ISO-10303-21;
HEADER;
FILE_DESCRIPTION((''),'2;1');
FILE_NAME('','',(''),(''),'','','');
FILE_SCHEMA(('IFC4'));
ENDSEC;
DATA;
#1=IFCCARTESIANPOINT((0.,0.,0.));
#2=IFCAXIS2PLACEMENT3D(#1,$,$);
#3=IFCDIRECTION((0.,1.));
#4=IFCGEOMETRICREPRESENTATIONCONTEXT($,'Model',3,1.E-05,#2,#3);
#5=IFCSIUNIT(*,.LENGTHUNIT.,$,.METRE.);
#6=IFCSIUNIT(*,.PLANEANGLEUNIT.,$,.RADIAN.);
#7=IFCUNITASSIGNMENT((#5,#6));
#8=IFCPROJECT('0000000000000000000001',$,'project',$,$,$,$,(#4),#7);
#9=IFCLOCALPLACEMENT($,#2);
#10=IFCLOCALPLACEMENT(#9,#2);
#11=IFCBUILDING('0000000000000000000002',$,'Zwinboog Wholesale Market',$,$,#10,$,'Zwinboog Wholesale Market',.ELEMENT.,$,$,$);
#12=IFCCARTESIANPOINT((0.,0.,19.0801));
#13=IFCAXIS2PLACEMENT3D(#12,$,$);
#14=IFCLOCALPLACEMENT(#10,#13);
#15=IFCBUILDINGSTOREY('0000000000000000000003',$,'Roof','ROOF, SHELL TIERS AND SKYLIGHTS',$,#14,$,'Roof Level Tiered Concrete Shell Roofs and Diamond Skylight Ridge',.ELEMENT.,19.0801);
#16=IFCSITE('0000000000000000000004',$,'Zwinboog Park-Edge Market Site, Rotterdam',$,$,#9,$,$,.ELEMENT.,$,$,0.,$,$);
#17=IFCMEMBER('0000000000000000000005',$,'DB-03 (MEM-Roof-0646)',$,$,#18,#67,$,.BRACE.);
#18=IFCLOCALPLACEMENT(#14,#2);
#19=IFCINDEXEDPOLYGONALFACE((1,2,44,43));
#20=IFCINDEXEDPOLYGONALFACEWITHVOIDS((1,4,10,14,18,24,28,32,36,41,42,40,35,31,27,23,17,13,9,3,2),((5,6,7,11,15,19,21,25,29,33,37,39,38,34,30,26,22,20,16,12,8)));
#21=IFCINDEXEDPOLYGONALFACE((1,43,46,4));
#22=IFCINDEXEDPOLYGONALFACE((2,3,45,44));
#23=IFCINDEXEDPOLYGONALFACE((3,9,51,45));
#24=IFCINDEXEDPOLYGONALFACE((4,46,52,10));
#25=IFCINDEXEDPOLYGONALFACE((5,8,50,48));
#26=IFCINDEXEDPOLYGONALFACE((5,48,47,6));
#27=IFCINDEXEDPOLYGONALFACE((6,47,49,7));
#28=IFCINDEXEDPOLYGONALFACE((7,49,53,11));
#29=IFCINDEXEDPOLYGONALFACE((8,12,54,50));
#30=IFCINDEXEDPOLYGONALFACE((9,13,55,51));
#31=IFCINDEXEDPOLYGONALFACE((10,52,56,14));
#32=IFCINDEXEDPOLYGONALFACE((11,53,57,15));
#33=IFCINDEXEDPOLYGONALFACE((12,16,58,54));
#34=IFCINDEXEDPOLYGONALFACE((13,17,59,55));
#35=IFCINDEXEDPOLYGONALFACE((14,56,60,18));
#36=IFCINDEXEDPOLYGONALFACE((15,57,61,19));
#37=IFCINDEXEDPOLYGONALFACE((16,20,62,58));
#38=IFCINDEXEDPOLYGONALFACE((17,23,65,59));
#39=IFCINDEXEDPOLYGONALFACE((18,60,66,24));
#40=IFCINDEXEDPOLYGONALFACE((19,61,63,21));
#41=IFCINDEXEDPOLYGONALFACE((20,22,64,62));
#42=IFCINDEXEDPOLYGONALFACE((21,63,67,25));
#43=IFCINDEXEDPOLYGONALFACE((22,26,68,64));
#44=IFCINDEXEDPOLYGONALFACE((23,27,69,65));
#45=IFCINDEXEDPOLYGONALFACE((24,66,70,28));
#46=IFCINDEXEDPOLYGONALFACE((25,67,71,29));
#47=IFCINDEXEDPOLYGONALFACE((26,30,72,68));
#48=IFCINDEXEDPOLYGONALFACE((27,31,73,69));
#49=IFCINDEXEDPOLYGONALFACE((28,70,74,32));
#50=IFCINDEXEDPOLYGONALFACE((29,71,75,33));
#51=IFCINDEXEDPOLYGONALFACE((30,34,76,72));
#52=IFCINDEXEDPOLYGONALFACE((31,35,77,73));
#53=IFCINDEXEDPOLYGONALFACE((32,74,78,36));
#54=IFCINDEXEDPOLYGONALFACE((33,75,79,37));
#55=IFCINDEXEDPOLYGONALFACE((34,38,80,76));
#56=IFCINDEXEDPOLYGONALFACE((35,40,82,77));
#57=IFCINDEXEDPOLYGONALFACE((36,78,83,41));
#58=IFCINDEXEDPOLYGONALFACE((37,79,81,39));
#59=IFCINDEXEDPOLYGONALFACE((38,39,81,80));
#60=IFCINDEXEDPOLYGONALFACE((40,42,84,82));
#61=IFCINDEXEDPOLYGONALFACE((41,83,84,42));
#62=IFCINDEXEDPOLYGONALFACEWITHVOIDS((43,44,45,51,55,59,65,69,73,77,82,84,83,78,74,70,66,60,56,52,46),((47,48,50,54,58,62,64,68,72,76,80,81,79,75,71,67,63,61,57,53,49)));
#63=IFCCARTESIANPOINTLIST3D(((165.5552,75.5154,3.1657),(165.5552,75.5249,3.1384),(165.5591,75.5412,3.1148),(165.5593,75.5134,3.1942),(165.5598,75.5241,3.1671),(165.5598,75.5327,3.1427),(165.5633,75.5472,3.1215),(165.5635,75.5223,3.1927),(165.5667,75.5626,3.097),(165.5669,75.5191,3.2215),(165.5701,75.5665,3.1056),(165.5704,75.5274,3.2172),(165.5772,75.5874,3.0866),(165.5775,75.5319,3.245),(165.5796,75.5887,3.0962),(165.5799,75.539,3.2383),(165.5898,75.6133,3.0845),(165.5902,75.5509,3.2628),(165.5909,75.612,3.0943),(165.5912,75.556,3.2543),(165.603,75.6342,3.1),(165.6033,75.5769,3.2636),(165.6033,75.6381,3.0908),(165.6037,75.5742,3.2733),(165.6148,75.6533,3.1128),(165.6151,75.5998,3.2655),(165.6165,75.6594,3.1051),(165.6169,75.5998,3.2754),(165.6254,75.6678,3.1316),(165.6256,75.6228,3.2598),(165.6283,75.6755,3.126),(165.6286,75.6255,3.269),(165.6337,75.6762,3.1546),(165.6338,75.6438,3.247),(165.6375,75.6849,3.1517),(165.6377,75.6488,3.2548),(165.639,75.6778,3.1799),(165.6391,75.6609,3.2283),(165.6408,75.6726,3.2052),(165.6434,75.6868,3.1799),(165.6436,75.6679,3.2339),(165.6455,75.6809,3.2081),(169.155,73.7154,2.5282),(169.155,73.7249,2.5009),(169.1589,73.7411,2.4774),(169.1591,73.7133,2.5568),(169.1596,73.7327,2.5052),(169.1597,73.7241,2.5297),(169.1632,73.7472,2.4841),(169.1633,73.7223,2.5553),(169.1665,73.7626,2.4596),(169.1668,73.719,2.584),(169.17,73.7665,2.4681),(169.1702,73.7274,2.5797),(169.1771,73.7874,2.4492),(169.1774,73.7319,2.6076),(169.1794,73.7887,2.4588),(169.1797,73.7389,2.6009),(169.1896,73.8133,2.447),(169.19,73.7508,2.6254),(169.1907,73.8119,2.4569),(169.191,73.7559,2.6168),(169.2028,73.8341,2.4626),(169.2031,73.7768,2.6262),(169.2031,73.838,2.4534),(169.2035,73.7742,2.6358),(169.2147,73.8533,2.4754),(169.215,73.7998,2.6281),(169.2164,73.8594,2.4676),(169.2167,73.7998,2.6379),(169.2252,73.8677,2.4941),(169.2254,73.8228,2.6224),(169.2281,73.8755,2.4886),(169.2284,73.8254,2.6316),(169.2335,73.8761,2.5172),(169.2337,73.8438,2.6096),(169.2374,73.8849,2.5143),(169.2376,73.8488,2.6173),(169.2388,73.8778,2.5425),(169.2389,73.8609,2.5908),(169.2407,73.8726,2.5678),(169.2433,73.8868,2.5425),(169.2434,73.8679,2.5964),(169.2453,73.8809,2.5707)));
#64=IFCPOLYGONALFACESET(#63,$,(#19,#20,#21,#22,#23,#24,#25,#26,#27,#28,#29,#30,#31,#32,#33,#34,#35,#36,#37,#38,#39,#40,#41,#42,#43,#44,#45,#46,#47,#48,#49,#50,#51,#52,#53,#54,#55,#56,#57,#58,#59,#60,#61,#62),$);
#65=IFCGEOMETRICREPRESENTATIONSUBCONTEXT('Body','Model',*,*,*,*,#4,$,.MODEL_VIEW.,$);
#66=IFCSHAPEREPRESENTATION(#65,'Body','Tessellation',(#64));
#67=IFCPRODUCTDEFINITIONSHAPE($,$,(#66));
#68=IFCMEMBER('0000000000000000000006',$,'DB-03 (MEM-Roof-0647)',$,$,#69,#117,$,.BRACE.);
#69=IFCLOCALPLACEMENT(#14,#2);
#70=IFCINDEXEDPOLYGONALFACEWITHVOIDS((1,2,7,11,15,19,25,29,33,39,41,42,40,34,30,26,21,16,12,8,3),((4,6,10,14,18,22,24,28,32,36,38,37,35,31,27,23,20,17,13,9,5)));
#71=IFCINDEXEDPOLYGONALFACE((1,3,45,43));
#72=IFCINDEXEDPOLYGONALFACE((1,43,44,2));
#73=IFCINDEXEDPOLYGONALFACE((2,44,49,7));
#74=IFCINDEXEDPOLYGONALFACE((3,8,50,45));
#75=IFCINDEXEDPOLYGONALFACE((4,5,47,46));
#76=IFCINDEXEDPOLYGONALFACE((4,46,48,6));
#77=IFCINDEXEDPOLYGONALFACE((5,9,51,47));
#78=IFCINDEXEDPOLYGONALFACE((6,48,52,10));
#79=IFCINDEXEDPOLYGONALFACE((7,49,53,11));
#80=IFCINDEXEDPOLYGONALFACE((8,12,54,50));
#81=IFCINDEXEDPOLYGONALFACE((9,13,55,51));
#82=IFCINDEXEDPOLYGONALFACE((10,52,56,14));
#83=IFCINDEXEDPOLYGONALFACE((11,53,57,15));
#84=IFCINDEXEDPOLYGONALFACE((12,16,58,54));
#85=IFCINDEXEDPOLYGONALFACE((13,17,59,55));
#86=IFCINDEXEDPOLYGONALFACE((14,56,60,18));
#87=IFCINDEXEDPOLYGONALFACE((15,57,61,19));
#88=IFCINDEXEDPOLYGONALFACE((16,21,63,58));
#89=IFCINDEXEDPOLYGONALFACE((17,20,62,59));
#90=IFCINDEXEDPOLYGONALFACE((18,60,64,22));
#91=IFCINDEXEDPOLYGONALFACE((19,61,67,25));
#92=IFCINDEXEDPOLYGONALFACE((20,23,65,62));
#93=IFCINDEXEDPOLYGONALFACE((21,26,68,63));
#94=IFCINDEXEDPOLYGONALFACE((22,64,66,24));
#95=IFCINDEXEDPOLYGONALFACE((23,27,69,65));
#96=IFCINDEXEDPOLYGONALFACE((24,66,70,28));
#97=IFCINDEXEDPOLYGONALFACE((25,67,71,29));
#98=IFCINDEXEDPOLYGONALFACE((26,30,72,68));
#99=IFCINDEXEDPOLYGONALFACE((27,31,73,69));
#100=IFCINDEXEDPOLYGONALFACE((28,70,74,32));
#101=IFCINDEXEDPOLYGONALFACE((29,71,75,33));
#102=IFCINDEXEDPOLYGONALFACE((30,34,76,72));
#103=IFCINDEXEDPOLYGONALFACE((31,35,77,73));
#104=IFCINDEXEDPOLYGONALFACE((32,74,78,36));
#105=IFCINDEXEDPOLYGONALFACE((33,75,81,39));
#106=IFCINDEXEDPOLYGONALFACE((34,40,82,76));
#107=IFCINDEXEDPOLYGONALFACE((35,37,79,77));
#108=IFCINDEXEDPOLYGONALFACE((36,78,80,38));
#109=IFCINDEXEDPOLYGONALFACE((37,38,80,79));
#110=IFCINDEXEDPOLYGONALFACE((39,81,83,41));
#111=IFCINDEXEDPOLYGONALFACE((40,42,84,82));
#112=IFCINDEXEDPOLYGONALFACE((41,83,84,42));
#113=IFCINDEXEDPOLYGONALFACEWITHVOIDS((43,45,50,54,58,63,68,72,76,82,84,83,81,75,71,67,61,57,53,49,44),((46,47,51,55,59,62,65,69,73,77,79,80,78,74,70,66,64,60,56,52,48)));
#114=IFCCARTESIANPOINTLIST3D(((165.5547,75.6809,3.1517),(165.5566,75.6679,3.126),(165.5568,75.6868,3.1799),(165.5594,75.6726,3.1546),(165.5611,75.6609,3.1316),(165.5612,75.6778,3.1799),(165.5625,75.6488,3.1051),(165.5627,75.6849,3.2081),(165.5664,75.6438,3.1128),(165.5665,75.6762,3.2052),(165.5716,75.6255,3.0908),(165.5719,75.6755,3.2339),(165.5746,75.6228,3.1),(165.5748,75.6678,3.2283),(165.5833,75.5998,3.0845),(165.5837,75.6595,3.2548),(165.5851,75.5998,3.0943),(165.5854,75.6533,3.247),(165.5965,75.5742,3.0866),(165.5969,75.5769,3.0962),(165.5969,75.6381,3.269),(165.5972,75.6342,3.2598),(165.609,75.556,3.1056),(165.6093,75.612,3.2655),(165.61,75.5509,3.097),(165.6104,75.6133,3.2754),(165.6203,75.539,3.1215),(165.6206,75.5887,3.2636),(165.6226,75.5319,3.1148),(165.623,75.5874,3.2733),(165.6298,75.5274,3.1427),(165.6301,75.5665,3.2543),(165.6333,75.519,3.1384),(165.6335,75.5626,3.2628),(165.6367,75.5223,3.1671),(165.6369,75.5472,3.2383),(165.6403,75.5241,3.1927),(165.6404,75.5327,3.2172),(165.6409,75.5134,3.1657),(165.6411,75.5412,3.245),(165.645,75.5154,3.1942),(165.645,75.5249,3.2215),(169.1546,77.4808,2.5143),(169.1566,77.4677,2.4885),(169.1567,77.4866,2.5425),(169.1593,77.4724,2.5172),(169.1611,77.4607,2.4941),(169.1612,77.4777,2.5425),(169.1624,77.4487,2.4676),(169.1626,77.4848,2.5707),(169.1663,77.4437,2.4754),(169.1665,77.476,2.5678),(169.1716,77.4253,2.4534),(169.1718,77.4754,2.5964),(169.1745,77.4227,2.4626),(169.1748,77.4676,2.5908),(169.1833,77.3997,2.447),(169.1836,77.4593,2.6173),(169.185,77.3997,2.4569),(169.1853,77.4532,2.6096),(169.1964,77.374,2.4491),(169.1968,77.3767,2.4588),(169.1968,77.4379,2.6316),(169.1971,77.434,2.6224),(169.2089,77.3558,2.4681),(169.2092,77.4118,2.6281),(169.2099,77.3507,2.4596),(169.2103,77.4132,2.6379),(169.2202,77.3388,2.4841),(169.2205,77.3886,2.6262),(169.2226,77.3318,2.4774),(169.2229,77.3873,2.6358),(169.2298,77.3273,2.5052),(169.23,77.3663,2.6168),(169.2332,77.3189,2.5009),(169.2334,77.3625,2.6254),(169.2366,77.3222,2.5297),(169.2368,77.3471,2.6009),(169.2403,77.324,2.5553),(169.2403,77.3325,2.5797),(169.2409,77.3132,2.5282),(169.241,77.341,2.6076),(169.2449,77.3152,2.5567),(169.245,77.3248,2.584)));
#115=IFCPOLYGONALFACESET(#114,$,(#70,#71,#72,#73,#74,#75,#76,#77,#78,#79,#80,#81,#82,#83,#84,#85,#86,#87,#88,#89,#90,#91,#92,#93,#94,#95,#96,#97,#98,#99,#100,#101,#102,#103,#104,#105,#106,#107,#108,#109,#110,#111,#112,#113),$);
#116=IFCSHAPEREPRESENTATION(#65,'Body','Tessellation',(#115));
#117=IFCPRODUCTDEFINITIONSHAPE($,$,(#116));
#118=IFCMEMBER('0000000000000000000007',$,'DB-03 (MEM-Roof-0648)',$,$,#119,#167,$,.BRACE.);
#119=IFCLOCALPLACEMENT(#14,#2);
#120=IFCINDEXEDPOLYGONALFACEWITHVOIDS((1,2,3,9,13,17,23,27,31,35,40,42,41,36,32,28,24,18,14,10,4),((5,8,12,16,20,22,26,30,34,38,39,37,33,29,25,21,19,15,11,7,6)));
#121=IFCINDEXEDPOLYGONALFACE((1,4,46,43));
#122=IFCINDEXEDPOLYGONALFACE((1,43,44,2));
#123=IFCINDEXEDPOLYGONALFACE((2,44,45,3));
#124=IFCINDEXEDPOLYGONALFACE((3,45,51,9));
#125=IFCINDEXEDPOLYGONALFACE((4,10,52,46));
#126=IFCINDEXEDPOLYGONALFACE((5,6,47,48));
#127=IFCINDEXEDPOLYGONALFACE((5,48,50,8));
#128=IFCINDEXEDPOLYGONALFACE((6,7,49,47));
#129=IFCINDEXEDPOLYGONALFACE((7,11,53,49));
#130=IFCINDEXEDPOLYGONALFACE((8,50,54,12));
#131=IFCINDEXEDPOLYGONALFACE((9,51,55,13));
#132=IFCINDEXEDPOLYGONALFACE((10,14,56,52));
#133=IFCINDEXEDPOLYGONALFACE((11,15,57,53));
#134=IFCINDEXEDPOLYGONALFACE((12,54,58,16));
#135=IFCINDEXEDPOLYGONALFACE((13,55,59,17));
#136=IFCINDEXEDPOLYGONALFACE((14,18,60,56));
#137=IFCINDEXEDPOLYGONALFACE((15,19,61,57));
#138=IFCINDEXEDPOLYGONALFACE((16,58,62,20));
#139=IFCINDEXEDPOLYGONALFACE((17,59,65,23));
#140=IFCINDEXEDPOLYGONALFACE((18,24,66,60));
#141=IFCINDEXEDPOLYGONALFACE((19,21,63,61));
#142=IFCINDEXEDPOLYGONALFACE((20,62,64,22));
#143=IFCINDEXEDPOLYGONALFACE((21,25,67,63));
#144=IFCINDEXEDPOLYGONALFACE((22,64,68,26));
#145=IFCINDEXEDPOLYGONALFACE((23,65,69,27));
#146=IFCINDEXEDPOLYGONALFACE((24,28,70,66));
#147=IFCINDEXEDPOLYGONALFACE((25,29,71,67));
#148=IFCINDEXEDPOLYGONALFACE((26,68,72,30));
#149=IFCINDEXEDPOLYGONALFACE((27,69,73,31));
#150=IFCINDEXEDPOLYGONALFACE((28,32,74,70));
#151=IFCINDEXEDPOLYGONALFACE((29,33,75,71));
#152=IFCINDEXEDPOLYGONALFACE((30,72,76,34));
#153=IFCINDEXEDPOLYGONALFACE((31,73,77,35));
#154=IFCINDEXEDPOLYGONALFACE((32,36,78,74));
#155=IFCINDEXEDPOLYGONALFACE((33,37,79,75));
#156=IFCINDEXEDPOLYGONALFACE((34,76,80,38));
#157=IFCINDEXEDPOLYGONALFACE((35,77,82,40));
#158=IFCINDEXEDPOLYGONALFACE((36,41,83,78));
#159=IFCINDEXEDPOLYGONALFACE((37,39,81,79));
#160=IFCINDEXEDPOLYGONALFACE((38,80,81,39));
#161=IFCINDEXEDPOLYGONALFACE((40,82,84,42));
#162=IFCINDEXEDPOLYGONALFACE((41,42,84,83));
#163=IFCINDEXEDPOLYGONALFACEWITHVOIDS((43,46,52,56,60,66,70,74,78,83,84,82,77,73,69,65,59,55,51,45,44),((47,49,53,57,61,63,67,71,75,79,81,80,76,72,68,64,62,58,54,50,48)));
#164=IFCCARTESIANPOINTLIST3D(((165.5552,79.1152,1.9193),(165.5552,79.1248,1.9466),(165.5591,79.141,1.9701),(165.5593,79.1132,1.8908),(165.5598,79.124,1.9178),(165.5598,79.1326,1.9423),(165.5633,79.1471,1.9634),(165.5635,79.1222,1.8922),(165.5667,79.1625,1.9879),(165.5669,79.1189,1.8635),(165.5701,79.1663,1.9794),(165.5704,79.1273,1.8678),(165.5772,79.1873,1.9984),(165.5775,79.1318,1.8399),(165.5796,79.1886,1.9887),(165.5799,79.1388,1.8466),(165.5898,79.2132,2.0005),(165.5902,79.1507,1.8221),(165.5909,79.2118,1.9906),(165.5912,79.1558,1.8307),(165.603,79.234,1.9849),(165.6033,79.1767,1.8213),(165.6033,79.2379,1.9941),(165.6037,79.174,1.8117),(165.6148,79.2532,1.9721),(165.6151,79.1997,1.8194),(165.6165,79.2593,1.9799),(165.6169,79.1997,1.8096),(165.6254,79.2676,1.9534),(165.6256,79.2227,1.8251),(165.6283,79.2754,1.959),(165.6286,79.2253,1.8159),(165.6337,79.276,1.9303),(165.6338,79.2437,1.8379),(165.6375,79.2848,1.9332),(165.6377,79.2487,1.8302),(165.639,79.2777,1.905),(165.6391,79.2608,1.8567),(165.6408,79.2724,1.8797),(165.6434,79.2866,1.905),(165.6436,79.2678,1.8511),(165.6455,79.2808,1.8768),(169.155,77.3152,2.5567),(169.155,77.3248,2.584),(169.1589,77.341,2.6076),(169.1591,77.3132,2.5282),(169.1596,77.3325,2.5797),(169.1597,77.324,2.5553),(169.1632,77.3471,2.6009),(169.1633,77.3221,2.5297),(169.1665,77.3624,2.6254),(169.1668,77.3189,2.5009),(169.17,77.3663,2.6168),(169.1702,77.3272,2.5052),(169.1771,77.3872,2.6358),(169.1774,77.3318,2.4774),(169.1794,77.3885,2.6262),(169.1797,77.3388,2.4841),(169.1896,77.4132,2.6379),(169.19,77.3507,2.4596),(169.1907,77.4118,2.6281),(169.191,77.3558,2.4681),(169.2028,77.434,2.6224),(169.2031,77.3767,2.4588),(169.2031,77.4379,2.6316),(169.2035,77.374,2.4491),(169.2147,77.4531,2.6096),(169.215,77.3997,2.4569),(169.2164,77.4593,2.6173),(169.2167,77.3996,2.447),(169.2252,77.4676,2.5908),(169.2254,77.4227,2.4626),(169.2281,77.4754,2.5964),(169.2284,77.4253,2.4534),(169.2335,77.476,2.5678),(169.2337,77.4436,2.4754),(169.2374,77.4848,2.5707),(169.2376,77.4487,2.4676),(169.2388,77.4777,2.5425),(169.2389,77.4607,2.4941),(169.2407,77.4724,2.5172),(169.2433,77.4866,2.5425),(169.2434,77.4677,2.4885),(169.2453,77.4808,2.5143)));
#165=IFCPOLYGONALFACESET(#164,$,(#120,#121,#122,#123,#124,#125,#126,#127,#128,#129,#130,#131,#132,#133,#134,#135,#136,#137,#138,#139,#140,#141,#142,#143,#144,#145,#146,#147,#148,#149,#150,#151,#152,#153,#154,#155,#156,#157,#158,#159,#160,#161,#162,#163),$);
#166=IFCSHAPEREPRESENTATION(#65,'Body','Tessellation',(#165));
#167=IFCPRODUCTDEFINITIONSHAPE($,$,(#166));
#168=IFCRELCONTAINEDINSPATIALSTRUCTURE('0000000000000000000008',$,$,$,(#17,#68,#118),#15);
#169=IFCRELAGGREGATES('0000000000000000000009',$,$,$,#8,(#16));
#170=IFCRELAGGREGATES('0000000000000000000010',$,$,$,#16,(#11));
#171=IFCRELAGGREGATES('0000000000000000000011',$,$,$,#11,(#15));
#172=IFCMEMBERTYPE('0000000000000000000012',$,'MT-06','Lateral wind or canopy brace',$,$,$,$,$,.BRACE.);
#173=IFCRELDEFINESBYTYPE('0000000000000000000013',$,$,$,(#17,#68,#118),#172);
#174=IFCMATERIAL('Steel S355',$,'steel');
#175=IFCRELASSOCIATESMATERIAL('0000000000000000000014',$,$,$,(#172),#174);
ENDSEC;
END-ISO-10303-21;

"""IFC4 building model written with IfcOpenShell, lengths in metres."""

from ifc_helpers import new_model, si_unit, direction, frame, origin, origin_2d, place, context, subcontext, project, spatial, hollow_circle, extrude, material, material_profile, profile_set, type_object, element, save


model = new_model("IFC4")

# Units and contexts
model_context = context("Model", 3, precision=1e-05, world=origin(), true_north=direction((0.0, 1.0)))
body_context = subcontext(model_context, "Body", "Model", "MODEL_VIEW")
ifc_project = project(units=[si_unit("LENGTHUNIT", "METRE"), si_unit("PLANEANGLEUNIT", "RADIAN")], contexts=[model_context])

# Site, building, storey
site_placement = place(None, origin())
site = spatial("IfcSite", under=ifc_project, at=site_placement, Name="Zwinboog Park-Edge Market Site, Rotterdam", CompositionType="ELEMENT", RefElevation=0.0)
building_placement = place(site_placement, origin())
building = spatial("IfcBuilding", under=site, at=building_placement, Name="Zwinboog Wholesale Market", LongName="Zwinboog Wholesale Market", CompositionType="ELEMENT")
storey_placement = place(building_placement, frame((0.0, 0.0, 19.0801)))
storey = spatial("IfcBuildingStorey", under=building, at=storey_placement, Name="Roof", Description="ROOF, SHELL TIERS AND SKYLIGHTS", LongName="Roof Level Tiered Concrete Shell Roofs and Diamond Skylight Ridge", CompositionType="ELEMENT", Elevation=19.0801)

# Members
ifc_material_1 = material(Name="Steel S355", Category="steel")
ifc_material_profile_1 = material_profile(ifc_material_1, hollow_circle(Radius=0.0969, WallThickness=0.01, at=origin_2d()), Name="CHS 193.7x10")
ifc_profile_set_1 = profile_set([ifc_material_profile_1], Name="Steel S355")
member_type_1 = type_object("IfcMemberType", Name="MT-06", Description="Lateral wind or canopy brace", PredefinedType="BRACE", material=ifc_profile_set_1)
for number, where, z_axis, x_axis, name in (
    (1, (165.6001, 75.6001, 3.1799), (0.883404, -0.441732, -0.15643), (0.447238, 0.894415, 0.0), "DB-03 (MEM-Roof-0646)"),
    (2, (165.6001, 75.6001, 3.1799), (0.883427, 0.441684, -0.156435), (-0.447189, 0.894439, 0.0), "DB-03 (MEM-Roof-0647)"),
    (3, (165.6001, 79.2, 1.905), (0.883404, -0.441732, 0.15643), (0.447238, 0.894415, 0.0), "DB-03 (MEM-Roof-0648)"),
):
    element("IfcMember", number, at=place(storey_placement, frame(where, z_axis=z_axis, x_axis=x_axis)), inside=storey, type_object=member_type_1, Name=name, PredefinedType="BRACE", context=body_context, shape_type="SweptSolid", body=[
        extrude(hollow_circle(Radius=0.0969, WallThickness=0.01, at=origin_2d()), origin(), (0.0, 0.0, 1.0), 4.075),
    ])

save(model, "model.ifc")
